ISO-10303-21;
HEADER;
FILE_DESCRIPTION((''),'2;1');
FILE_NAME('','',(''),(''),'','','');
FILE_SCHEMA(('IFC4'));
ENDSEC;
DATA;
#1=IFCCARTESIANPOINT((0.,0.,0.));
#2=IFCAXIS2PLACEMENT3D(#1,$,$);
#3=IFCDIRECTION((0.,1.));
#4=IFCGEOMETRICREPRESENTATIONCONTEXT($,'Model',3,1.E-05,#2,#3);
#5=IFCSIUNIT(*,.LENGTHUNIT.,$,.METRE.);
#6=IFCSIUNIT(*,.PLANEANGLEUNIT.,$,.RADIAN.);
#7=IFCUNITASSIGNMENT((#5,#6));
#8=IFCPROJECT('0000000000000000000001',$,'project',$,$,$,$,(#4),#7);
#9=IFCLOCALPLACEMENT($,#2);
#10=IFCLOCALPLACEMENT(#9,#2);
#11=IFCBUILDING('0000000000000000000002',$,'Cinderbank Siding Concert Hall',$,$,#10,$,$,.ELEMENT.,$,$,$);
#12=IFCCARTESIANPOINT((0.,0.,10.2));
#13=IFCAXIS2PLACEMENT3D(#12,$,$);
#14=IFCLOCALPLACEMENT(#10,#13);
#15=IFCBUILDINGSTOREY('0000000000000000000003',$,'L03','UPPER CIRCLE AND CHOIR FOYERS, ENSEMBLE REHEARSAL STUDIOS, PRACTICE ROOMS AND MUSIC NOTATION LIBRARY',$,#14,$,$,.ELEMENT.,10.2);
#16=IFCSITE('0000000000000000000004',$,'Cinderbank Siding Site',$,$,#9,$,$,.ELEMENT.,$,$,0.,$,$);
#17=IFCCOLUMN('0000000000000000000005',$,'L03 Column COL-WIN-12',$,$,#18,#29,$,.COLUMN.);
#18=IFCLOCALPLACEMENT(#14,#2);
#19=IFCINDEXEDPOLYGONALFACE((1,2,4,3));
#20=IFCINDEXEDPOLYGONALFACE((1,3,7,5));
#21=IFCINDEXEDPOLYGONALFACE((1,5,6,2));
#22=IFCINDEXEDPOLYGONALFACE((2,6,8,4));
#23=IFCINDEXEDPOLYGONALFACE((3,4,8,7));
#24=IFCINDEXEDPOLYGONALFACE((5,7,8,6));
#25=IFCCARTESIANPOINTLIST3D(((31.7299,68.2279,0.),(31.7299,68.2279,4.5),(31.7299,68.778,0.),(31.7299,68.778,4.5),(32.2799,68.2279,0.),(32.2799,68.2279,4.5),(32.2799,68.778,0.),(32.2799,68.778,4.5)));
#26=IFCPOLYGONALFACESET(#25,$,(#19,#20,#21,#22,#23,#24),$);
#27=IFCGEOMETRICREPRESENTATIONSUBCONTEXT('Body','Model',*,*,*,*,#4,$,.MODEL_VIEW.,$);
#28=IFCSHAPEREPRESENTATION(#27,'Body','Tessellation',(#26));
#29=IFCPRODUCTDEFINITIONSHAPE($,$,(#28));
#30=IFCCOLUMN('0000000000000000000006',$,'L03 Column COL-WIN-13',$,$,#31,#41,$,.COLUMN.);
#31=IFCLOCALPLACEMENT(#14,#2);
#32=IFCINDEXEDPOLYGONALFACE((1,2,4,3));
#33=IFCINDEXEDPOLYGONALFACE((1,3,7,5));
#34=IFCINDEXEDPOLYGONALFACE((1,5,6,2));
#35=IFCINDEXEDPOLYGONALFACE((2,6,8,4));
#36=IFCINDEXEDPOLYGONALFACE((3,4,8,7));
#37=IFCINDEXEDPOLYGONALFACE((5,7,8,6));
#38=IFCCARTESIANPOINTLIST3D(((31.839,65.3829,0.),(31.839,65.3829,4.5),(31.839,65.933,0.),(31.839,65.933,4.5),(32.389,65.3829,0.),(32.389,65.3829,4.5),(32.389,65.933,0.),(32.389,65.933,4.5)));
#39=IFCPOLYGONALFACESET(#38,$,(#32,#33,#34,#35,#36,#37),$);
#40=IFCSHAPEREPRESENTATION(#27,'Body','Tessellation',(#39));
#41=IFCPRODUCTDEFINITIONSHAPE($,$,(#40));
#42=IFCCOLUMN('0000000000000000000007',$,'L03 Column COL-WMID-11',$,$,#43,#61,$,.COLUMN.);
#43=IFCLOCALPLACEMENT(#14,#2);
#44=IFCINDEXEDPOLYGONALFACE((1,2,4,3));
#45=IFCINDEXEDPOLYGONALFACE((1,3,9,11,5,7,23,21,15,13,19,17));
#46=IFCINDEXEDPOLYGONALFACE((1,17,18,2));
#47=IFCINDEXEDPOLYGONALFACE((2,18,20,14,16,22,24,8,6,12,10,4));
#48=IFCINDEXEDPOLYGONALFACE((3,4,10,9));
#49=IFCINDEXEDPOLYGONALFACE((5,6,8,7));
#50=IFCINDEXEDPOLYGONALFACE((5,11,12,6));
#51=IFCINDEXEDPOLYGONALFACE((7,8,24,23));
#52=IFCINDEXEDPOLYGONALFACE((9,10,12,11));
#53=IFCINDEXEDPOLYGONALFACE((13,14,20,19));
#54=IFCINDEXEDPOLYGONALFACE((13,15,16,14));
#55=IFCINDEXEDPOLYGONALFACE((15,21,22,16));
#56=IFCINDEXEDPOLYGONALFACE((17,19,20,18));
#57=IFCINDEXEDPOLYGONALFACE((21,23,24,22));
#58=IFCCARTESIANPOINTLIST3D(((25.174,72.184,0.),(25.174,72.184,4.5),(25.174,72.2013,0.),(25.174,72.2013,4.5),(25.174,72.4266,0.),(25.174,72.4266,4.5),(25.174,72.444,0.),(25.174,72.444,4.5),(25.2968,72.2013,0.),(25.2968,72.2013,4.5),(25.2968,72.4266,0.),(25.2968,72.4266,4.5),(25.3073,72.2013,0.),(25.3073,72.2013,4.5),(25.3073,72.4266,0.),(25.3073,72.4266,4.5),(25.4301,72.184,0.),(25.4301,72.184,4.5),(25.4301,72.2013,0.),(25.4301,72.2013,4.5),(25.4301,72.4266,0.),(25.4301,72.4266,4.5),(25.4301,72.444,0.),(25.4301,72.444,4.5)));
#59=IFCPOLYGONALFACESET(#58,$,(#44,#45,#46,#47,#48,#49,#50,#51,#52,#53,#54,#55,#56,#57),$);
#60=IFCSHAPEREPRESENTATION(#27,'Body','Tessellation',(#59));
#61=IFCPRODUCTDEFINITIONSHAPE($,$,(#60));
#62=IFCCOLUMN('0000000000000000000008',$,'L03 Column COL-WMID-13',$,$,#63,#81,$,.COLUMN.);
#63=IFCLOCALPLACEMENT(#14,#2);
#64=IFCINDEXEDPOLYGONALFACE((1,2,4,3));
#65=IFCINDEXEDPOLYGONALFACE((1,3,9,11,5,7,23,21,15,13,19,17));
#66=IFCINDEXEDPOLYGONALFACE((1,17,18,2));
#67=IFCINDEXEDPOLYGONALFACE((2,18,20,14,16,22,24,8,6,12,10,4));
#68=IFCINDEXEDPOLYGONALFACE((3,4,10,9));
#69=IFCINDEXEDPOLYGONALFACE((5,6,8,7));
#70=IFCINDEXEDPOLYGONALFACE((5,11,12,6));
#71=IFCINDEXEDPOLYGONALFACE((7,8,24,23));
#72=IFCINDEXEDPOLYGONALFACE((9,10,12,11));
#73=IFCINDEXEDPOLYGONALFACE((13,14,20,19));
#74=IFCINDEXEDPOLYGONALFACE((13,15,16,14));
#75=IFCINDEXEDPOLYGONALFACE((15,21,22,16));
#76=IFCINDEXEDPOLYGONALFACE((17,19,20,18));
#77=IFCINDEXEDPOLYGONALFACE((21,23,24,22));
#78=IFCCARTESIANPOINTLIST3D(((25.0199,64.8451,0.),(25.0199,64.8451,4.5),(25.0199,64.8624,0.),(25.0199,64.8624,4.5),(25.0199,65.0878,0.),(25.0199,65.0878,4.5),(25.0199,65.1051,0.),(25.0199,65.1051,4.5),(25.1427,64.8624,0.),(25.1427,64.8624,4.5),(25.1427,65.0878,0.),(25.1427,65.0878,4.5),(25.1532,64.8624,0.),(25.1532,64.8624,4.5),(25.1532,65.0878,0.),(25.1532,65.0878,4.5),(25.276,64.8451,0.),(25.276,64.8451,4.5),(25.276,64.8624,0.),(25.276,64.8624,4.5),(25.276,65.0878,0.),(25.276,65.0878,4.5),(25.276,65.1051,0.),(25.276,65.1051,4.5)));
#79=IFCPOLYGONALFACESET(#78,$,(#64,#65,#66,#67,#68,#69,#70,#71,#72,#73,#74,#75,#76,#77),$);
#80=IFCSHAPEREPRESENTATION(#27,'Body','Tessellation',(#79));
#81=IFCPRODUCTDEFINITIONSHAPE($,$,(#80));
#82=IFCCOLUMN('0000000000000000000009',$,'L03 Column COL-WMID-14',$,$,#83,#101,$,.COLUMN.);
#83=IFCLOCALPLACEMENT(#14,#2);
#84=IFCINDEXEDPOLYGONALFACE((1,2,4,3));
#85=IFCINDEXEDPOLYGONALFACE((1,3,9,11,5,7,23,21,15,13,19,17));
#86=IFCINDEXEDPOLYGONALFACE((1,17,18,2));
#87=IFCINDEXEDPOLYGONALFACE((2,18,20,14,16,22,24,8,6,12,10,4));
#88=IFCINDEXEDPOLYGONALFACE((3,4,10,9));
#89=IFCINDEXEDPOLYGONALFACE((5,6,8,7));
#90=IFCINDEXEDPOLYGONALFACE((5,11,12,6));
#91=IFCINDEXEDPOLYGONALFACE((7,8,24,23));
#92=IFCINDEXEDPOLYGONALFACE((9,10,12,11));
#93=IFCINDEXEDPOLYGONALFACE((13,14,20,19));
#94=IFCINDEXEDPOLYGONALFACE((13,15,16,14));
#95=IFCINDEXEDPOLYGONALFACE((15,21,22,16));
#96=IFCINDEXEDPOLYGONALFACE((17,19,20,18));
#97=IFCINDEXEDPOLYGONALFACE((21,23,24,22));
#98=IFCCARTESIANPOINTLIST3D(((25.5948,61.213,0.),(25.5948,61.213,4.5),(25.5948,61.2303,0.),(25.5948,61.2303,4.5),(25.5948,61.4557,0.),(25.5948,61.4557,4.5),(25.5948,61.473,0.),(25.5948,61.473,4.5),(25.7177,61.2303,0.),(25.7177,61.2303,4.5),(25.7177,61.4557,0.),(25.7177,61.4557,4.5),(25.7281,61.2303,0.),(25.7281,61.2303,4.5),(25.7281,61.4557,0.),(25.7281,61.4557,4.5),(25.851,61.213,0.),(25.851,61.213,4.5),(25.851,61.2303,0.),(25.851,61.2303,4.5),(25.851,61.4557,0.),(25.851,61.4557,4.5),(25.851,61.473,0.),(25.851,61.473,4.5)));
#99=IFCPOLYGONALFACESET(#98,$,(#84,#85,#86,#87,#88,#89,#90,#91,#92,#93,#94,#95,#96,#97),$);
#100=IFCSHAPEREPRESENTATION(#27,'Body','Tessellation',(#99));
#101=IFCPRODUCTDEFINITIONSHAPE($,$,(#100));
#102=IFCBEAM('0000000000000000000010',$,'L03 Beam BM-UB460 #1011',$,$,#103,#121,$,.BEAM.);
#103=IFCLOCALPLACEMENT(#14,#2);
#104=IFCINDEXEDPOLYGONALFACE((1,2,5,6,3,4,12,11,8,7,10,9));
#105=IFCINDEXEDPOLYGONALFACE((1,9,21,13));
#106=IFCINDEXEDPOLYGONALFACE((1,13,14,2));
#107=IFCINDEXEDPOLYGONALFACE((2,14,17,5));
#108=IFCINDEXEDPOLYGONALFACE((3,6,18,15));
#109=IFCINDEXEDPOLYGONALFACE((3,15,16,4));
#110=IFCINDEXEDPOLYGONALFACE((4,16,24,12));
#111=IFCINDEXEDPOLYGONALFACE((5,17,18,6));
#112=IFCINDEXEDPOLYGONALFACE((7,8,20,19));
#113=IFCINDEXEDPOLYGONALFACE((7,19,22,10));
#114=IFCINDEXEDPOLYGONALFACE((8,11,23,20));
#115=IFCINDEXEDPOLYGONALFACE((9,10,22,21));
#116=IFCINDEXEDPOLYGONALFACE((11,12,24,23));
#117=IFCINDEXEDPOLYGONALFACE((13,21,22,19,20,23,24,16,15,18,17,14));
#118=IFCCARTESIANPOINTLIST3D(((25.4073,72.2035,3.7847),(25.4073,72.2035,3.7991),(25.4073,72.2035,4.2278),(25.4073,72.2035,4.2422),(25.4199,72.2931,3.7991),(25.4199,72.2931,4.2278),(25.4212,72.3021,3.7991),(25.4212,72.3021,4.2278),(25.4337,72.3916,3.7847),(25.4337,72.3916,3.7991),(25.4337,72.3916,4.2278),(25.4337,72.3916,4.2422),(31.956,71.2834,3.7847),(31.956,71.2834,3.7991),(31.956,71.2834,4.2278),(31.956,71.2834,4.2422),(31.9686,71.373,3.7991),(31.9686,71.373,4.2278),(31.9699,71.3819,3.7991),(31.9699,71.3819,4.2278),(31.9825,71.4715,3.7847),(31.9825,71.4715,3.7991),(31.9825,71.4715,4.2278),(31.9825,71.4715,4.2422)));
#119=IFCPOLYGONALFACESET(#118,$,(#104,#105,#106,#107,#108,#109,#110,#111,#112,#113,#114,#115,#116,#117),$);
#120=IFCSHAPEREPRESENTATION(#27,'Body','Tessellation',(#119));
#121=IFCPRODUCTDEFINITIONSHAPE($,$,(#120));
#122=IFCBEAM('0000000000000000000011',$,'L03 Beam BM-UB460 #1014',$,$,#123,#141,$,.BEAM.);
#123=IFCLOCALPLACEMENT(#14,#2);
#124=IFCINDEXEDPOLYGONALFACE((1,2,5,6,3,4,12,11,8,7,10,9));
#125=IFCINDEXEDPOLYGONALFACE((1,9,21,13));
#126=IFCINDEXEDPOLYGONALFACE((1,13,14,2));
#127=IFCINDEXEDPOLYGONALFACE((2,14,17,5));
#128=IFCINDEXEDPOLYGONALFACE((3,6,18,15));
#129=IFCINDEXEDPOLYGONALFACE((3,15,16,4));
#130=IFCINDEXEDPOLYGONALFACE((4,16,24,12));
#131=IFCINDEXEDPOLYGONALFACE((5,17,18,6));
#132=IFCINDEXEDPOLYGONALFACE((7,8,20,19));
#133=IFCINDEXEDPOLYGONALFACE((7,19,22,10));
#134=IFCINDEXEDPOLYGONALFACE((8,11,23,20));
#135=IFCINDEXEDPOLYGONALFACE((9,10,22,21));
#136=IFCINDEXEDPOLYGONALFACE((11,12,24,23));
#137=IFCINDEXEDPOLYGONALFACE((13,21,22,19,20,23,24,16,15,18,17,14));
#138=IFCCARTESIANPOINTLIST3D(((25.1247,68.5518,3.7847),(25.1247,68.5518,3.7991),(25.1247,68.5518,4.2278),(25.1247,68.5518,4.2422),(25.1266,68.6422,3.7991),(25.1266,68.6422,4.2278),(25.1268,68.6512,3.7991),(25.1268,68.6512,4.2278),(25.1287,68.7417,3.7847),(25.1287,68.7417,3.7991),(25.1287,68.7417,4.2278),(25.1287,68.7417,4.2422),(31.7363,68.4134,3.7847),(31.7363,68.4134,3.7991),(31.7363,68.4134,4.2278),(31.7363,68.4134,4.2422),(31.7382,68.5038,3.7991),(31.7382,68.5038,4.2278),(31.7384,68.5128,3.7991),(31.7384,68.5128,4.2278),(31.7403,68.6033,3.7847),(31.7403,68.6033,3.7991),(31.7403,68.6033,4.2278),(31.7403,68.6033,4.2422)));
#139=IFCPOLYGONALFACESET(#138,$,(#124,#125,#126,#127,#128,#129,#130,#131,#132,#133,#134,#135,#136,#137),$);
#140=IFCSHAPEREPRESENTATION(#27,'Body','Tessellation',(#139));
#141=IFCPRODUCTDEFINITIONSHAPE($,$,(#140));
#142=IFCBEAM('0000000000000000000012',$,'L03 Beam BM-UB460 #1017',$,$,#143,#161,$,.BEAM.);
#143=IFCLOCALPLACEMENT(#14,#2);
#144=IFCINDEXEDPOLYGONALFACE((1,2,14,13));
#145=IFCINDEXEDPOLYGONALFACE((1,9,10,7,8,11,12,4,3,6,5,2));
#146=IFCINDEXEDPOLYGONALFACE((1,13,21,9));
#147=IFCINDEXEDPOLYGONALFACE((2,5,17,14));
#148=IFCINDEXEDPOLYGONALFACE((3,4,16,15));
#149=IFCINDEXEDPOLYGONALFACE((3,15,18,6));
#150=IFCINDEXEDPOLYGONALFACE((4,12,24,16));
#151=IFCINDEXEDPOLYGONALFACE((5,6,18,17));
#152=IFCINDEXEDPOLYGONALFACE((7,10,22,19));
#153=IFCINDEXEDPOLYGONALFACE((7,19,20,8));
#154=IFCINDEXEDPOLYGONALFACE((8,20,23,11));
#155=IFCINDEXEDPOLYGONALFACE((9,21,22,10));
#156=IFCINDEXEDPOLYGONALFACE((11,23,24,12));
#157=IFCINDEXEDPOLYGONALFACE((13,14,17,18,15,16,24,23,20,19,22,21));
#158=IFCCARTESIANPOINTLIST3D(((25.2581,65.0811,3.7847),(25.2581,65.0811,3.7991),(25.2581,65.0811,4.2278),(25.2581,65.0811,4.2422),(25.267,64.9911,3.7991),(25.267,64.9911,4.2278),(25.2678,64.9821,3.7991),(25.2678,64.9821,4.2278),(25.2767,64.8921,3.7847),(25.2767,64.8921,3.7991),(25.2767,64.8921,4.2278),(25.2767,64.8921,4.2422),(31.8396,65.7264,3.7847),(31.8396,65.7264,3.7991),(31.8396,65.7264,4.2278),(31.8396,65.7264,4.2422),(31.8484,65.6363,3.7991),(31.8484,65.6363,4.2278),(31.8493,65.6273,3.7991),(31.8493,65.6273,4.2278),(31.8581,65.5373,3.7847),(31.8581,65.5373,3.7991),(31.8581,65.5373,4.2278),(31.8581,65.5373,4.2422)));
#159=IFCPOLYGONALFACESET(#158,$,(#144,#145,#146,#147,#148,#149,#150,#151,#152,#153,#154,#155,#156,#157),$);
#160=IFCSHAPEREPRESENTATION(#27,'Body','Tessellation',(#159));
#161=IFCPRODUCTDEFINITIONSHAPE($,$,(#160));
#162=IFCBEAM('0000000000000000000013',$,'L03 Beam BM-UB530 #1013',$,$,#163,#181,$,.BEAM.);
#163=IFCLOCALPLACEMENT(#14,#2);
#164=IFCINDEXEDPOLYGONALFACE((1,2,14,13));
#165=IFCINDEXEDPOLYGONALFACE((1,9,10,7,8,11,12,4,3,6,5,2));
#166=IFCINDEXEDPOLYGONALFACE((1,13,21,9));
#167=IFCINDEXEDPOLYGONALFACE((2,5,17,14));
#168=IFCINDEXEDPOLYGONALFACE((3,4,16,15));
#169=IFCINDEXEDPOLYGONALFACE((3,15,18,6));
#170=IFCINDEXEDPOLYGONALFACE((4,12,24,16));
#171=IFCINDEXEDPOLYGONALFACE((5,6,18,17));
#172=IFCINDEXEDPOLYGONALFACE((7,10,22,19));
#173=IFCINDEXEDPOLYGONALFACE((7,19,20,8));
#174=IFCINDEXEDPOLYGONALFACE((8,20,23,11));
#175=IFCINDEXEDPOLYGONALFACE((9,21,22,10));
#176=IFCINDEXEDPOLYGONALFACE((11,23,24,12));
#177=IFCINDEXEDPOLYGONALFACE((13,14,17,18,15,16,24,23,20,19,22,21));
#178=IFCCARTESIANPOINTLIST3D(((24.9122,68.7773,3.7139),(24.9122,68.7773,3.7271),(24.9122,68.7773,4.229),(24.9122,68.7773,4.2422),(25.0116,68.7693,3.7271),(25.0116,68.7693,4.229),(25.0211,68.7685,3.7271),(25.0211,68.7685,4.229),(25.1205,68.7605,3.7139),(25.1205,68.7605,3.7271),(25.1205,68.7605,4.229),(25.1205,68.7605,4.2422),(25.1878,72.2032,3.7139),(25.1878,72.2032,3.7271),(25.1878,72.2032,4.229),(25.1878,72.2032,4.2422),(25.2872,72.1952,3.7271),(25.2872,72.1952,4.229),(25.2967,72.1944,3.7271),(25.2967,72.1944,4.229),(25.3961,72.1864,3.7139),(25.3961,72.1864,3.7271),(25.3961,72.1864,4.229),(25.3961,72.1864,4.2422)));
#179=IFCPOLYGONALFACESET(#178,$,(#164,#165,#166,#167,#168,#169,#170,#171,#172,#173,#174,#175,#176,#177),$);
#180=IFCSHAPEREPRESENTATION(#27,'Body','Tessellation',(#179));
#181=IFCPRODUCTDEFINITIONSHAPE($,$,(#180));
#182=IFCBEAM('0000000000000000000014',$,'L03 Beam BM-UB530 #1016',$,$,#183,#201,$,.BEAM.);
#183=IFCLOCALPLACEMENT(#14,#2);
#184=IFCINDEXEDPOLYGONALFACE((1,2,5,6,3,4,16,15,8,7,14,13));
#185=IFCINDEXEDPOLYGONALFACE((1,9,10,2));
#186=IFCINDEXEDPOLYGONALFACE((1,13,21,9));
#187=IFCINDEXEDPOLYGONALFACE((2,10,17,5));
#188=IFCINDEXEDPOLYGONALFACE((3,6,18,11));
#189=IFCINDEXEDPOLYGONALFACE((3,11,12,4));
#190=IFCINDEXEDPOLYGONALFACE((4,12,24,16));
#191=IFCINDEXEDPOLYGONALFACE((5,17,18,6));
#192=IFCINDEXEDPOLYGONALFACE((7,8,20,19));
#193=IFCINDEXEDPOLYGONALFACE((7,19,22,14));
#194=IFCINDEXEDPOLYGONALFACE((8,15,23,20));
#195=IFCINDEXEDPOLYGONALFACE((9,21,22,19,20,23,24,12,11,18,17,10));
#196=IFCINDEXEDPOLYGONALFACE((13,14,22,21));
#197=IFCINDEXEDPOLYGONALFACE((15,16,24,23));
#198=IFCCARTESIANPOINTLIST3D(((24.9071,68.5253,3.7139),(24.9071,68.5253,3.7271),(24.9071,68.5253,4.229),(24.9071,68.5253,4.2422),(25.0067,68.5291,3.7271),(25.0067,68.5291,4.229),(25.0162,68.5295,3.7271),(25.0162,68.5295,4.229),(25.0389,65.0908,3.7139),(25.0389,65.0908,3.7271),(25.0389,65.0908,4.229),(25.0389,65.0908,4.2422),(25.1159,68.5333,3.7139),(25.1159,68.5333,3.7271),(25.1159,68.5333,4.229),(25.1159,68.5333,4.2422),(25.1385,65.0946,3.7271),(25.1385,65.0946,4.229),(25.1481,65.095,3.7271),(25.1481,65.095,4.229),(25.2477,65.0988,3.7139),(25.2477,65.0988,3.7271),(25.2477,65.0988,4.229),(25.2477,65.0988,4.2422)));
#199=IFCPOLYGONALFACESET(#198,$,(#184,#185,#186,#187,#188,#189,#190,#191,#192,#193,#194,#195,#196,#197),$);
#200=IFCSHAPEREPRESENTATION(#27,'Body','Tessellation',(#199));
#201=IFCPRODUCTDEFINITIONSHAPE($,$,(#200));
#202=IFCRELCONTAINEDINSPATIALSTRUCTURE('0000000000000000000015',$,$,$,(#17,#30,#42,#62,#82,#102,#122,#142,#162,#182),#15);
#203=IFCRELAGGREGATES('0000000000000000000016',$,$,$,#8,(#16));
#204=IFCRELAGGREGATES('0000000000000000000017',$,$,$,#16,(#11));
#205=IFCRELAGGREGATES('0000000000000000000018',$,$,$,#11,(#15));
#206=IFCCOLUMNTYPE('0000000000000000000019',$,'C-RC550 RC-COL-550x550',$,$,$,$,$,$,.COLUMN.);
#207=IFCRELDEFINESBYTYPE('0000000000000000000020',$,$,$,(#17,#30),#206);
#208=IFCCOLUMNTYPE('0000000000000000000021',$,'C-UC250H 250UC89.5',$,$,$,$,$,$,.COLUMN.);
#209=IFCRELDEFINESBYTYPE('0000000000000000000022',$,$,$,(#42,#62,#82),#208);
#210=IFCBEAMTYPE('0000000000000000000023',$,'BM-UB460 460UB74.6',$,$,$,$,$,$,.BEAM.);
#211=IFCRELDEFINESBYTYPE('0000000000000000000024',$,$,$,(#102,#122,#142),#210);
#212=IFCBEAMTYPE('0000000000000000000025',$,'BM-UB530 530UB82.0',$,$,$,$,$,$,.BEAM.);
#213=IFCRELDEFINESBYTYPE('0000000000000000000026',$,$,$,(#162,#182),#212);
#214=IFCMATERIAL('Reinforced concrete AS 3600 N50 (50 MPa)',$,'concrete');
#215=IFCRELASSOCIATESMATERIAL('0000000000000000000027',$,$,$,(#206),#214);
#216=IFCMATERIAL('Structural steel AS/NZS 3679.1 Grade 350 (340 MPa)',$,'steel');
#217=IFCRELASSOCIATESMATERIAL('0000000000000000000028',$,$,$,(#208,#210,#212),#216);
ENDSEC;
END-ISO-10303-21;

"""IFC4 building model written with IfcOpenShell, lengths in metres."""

from ifc_helpers import new_model, si_unit, direction, frame, origin, origin_2d, place, context, subcontext, project, spatial, rectangle, i_section, extrude, material, material_profile, profile_set, type_object, element, save


model = new_model("IFC4")

# Units and contexts
model_context = context("Model", 3, precision=1e-05, world=origin(), true_north=direction((0.0, 1.0)))
body_context = subcontext(model_context, "Body", "Model", "MODEL_VIEW")
ifc_project = project(units=[si_unit("LENGTHUNIT", "METRE"), si_unit("PLANEANGLEUNIT", "RADIAN")], contexts=[model_context])

# Site, building, storey
site_placement = place(None, origin())
site = spatial("IfcSite", under=ifc_project, at=site_placement, Name="Cinderbank Siding Site", CompositionType="ELEMENT", RefElevation=0.0)
building_placement = place(site_placement, origin())
building = spatial("IfcBuilding", under=site, at=building_placement, Name="Cinderbank Siding Concert Hall", CompositionType="ELEMENT")
storey_placement = place(building_placement, frame((0.0, 0.0, 10.2)))
storey = spatial("IfcBuildingStorey", under=building, at=storey_placement, Name="L03", Description="UPPER CIRCLE AND CHOIR FOYERS, ENSEMBLE REHEARSAL STUDIOS, PRACTICE ROOMS AND MUSIC NOTATION LIBRARY", CompositionType="ELEMENT", Elevation=10.2)

# Columns
ifc_material_1 = material(Name="Reinforced concrete AS 3600 N50 (50 MPa)", Category="concrete")
ifc_material_profile_1 = material_profile(ifc_material_1, rectangle(XDim=0.55, YDim=0.55, at=origin_2d()), Name="RC-COL-550x550", Category="LoadBearing")
ifc_profile_set_1 = profile_set([ifc_material_profile_1], Name="Reinforced concrete AS 3600 N50 (50 MPa)")
column_type_1 = type_object("IfcColumnType", Name="C-RC550 RC-COL-550x550", PredefinedType="COLUMN", material=ifc_profile_set_1)
for number, where, z_axis, x_axis, name in (
    (1, (32.0049, 68.5029, 0.0), (0.0, 0.0, 1.0), (1.0, 0.0, 0.0), "L03 Column COL-WIN-12"),
    (2, (32.114, 65.658, 0.0), (0.0, 0.0, 1.0), (1.0, 0.0, 0.0), "L03 Column COL-WIN-13"),
):
    element("IfcColumn", number, at=place(storey_placement, frame(where, z_axis=z_axis, x_axis=x_axis)), inside=storey, type_object=column_type_1, Name=name, PredefinedType="COLUMN", context=body_context, shape_type="SweptSolid", body=[
        extrude(rectangle(XDim=0.55, YDim=0.55, at=origin_2d()), origin(), (0.0, 0.0, 1.0), 4.5),
    ])
ifc_material_2 = material(Name="Structural steel AS/NZS 3679.1 Grade 350 (340 MPa)", Category="steel")
ifc_material_profile_2 = material_profile(ifc_material_2, i_section(OverallWidth=0.2561, OverallDepth=0.26, WebThickness=0.0105, FlangeThickness=0.0173, at=origin_2d()), Name="250UC89.5", Category="LoadBearing")
ifc_profile_set_2 = profile_set([ifc_material_profile_2], Name="Structural steel AS/NZS 3679.1 Grade 350 (340 MPa)")
column_type_2 = type_object("IfcColumnType", Name="C-UC250H 250UC89.5", PredefinedType="COLUMN", material=ifc_profile_set_2)
for number, where, z_axis, x_axis, name in (
    (3, (25.302, 72.314, 0.0), (0.0, 0.0, 1.0), (1.0, 0.0, 0.0), "L03 Column COL-WMID-11"),
    (4, (25.1479, 64.9751, 0.0), (0.0, 0.0, 1.0), (1.0, 0.0, 0.0), "L03 Column COL-WMID-13"),
    (5, (25.7229, 61.343, 0.0), (0.0, 0.0, 1.0), (1.0, 0.0, 0.0), "L03 Column COL-WMID-14"),
):
    element("IfcColumn", number, at=place(storey_placement, frame(where, z_axis=z_axis, x_axis=x_axis)), inside=storey, type_object=column_type_2, Name=name, PredefinedType="COLUMN", context=body_context, shape_type="SweptSolid", body=[
        extrude(i_section(OverallWidth=0.2561, OverallDepth=0.26, WebThickness=0.0105, FlangeThickness=0.0173, at=origin_2d()), origin(), (0.0, 0.0, 1.0), 4.5),
    ])

# Beams
ifc_material_profile_3 = material_profile(ifc_material_2, i_section(OverallWidth=0.1899, OverallDepth=0.4575, WebThickness=0.009, FlangeThickness=0.0144, at=origin_2d()), Name="460UB74.6", Category="LoadBearing")
ifc_profile_set_3 = profile_set([ifc_material_profile_3], Name="Structural steel AS/NZS 3679.1 Grade 350 (340 MPa)")
beam_type_1 = type_object("IfcBeamType", Name="BM-UB460 460UB74.6", PredefinedType="BEAM", material=ifc_profile_set_3)
for number, where, z_axis, x_axis, name in (
    (6, (31.9692, 71.3774, 4.0134), (-0.990272, 0.139142, 0.0), (-0.139142, -0.990272, 0.0), "L03 Beam BM-UB460 #1011"),
    (7, (31.7383, 68.5083, 4.0134), (-0.999781, 0.020933, 0.0), (-0.020933, -0.999781, 0.0), "L03 Beam BM-UB460 #1014"),
    (8, (31.8489, 65.6318, 4.0134), (-0.995228, -0.097574, 0.0), (0.097574, -0.995228, 0.0), "L03 Beam BM-UB460 #1017"),
):
    element("IfcBeam", number, at=place(storey_placement, frame(where, z_axis=z_axis, x_axis=x_axis)), inside=storey, type_object=beam_type_1, Name=name, PredefinedType="BEAM", context=body_context, shape_type="SweptSolid", body=[
        extrude(i_section(OverallWidth=0.1899, OverallDepth=0.4575, WebThickness=0.009, FlangeThickness=0.0144, at=origin_2d()), origin(), (0.0, 0.0, 1.0), 6.613),
    ])
ifc_material_profile_4 = material_profile(ifc_material_2, i_section(OverallWidth=0.209, OverallDepth=0.5283, WebThickness=0.0095, FlangeThickness=0.0132, at=origin_2d()), Name="530UB82.0", Category="LoadBearing")
ifc_profile_set_4 = profile_set([ifc_material_profile_4], Name="Structural steel AS/NZS 3679.1 Grade 350 (340 MPa)")
beam_type_2 = type_object("IfcBeamType", Name="BM-UB530 530UB82.0", PredefinedType="BEAM", material=ifc_profile_set_4)
for number, where, z_axis, x_axis, name in (
    (9, (25.292, 72.1948, 3.978), (-0.080194, -0.996779, 0.0), (0.996779, -0.080194, 0.0), "L03 Beam BM-UB530 #1013"),
    (10, (25.0115, 68.5293, 3.978), (0.038357, -0.999264, 0.0), (0.999264, 0.038357, 0.0), "L03 Beam BM-UB530 #1016"),
):
    element("IfcBeam", number, at=place(storey_placement, frame(where, z_axis=z_axis, x_axis=x_axis)), inside=storey, type_object=beam_type_2, Name=name, PredefinedType="BEAM", context=body_context, shape_type="SweptSolid", body=[
        extrude(i_section(OverallWidth=0.209, OverallDepth=0.5283, WebThickness=0.0095, FlangeThickness=0.0132, at=origin_2d()), origin(), (0.0, 0.0, 1.0), 3.437),
    ])

save(model, "model.ifc")
